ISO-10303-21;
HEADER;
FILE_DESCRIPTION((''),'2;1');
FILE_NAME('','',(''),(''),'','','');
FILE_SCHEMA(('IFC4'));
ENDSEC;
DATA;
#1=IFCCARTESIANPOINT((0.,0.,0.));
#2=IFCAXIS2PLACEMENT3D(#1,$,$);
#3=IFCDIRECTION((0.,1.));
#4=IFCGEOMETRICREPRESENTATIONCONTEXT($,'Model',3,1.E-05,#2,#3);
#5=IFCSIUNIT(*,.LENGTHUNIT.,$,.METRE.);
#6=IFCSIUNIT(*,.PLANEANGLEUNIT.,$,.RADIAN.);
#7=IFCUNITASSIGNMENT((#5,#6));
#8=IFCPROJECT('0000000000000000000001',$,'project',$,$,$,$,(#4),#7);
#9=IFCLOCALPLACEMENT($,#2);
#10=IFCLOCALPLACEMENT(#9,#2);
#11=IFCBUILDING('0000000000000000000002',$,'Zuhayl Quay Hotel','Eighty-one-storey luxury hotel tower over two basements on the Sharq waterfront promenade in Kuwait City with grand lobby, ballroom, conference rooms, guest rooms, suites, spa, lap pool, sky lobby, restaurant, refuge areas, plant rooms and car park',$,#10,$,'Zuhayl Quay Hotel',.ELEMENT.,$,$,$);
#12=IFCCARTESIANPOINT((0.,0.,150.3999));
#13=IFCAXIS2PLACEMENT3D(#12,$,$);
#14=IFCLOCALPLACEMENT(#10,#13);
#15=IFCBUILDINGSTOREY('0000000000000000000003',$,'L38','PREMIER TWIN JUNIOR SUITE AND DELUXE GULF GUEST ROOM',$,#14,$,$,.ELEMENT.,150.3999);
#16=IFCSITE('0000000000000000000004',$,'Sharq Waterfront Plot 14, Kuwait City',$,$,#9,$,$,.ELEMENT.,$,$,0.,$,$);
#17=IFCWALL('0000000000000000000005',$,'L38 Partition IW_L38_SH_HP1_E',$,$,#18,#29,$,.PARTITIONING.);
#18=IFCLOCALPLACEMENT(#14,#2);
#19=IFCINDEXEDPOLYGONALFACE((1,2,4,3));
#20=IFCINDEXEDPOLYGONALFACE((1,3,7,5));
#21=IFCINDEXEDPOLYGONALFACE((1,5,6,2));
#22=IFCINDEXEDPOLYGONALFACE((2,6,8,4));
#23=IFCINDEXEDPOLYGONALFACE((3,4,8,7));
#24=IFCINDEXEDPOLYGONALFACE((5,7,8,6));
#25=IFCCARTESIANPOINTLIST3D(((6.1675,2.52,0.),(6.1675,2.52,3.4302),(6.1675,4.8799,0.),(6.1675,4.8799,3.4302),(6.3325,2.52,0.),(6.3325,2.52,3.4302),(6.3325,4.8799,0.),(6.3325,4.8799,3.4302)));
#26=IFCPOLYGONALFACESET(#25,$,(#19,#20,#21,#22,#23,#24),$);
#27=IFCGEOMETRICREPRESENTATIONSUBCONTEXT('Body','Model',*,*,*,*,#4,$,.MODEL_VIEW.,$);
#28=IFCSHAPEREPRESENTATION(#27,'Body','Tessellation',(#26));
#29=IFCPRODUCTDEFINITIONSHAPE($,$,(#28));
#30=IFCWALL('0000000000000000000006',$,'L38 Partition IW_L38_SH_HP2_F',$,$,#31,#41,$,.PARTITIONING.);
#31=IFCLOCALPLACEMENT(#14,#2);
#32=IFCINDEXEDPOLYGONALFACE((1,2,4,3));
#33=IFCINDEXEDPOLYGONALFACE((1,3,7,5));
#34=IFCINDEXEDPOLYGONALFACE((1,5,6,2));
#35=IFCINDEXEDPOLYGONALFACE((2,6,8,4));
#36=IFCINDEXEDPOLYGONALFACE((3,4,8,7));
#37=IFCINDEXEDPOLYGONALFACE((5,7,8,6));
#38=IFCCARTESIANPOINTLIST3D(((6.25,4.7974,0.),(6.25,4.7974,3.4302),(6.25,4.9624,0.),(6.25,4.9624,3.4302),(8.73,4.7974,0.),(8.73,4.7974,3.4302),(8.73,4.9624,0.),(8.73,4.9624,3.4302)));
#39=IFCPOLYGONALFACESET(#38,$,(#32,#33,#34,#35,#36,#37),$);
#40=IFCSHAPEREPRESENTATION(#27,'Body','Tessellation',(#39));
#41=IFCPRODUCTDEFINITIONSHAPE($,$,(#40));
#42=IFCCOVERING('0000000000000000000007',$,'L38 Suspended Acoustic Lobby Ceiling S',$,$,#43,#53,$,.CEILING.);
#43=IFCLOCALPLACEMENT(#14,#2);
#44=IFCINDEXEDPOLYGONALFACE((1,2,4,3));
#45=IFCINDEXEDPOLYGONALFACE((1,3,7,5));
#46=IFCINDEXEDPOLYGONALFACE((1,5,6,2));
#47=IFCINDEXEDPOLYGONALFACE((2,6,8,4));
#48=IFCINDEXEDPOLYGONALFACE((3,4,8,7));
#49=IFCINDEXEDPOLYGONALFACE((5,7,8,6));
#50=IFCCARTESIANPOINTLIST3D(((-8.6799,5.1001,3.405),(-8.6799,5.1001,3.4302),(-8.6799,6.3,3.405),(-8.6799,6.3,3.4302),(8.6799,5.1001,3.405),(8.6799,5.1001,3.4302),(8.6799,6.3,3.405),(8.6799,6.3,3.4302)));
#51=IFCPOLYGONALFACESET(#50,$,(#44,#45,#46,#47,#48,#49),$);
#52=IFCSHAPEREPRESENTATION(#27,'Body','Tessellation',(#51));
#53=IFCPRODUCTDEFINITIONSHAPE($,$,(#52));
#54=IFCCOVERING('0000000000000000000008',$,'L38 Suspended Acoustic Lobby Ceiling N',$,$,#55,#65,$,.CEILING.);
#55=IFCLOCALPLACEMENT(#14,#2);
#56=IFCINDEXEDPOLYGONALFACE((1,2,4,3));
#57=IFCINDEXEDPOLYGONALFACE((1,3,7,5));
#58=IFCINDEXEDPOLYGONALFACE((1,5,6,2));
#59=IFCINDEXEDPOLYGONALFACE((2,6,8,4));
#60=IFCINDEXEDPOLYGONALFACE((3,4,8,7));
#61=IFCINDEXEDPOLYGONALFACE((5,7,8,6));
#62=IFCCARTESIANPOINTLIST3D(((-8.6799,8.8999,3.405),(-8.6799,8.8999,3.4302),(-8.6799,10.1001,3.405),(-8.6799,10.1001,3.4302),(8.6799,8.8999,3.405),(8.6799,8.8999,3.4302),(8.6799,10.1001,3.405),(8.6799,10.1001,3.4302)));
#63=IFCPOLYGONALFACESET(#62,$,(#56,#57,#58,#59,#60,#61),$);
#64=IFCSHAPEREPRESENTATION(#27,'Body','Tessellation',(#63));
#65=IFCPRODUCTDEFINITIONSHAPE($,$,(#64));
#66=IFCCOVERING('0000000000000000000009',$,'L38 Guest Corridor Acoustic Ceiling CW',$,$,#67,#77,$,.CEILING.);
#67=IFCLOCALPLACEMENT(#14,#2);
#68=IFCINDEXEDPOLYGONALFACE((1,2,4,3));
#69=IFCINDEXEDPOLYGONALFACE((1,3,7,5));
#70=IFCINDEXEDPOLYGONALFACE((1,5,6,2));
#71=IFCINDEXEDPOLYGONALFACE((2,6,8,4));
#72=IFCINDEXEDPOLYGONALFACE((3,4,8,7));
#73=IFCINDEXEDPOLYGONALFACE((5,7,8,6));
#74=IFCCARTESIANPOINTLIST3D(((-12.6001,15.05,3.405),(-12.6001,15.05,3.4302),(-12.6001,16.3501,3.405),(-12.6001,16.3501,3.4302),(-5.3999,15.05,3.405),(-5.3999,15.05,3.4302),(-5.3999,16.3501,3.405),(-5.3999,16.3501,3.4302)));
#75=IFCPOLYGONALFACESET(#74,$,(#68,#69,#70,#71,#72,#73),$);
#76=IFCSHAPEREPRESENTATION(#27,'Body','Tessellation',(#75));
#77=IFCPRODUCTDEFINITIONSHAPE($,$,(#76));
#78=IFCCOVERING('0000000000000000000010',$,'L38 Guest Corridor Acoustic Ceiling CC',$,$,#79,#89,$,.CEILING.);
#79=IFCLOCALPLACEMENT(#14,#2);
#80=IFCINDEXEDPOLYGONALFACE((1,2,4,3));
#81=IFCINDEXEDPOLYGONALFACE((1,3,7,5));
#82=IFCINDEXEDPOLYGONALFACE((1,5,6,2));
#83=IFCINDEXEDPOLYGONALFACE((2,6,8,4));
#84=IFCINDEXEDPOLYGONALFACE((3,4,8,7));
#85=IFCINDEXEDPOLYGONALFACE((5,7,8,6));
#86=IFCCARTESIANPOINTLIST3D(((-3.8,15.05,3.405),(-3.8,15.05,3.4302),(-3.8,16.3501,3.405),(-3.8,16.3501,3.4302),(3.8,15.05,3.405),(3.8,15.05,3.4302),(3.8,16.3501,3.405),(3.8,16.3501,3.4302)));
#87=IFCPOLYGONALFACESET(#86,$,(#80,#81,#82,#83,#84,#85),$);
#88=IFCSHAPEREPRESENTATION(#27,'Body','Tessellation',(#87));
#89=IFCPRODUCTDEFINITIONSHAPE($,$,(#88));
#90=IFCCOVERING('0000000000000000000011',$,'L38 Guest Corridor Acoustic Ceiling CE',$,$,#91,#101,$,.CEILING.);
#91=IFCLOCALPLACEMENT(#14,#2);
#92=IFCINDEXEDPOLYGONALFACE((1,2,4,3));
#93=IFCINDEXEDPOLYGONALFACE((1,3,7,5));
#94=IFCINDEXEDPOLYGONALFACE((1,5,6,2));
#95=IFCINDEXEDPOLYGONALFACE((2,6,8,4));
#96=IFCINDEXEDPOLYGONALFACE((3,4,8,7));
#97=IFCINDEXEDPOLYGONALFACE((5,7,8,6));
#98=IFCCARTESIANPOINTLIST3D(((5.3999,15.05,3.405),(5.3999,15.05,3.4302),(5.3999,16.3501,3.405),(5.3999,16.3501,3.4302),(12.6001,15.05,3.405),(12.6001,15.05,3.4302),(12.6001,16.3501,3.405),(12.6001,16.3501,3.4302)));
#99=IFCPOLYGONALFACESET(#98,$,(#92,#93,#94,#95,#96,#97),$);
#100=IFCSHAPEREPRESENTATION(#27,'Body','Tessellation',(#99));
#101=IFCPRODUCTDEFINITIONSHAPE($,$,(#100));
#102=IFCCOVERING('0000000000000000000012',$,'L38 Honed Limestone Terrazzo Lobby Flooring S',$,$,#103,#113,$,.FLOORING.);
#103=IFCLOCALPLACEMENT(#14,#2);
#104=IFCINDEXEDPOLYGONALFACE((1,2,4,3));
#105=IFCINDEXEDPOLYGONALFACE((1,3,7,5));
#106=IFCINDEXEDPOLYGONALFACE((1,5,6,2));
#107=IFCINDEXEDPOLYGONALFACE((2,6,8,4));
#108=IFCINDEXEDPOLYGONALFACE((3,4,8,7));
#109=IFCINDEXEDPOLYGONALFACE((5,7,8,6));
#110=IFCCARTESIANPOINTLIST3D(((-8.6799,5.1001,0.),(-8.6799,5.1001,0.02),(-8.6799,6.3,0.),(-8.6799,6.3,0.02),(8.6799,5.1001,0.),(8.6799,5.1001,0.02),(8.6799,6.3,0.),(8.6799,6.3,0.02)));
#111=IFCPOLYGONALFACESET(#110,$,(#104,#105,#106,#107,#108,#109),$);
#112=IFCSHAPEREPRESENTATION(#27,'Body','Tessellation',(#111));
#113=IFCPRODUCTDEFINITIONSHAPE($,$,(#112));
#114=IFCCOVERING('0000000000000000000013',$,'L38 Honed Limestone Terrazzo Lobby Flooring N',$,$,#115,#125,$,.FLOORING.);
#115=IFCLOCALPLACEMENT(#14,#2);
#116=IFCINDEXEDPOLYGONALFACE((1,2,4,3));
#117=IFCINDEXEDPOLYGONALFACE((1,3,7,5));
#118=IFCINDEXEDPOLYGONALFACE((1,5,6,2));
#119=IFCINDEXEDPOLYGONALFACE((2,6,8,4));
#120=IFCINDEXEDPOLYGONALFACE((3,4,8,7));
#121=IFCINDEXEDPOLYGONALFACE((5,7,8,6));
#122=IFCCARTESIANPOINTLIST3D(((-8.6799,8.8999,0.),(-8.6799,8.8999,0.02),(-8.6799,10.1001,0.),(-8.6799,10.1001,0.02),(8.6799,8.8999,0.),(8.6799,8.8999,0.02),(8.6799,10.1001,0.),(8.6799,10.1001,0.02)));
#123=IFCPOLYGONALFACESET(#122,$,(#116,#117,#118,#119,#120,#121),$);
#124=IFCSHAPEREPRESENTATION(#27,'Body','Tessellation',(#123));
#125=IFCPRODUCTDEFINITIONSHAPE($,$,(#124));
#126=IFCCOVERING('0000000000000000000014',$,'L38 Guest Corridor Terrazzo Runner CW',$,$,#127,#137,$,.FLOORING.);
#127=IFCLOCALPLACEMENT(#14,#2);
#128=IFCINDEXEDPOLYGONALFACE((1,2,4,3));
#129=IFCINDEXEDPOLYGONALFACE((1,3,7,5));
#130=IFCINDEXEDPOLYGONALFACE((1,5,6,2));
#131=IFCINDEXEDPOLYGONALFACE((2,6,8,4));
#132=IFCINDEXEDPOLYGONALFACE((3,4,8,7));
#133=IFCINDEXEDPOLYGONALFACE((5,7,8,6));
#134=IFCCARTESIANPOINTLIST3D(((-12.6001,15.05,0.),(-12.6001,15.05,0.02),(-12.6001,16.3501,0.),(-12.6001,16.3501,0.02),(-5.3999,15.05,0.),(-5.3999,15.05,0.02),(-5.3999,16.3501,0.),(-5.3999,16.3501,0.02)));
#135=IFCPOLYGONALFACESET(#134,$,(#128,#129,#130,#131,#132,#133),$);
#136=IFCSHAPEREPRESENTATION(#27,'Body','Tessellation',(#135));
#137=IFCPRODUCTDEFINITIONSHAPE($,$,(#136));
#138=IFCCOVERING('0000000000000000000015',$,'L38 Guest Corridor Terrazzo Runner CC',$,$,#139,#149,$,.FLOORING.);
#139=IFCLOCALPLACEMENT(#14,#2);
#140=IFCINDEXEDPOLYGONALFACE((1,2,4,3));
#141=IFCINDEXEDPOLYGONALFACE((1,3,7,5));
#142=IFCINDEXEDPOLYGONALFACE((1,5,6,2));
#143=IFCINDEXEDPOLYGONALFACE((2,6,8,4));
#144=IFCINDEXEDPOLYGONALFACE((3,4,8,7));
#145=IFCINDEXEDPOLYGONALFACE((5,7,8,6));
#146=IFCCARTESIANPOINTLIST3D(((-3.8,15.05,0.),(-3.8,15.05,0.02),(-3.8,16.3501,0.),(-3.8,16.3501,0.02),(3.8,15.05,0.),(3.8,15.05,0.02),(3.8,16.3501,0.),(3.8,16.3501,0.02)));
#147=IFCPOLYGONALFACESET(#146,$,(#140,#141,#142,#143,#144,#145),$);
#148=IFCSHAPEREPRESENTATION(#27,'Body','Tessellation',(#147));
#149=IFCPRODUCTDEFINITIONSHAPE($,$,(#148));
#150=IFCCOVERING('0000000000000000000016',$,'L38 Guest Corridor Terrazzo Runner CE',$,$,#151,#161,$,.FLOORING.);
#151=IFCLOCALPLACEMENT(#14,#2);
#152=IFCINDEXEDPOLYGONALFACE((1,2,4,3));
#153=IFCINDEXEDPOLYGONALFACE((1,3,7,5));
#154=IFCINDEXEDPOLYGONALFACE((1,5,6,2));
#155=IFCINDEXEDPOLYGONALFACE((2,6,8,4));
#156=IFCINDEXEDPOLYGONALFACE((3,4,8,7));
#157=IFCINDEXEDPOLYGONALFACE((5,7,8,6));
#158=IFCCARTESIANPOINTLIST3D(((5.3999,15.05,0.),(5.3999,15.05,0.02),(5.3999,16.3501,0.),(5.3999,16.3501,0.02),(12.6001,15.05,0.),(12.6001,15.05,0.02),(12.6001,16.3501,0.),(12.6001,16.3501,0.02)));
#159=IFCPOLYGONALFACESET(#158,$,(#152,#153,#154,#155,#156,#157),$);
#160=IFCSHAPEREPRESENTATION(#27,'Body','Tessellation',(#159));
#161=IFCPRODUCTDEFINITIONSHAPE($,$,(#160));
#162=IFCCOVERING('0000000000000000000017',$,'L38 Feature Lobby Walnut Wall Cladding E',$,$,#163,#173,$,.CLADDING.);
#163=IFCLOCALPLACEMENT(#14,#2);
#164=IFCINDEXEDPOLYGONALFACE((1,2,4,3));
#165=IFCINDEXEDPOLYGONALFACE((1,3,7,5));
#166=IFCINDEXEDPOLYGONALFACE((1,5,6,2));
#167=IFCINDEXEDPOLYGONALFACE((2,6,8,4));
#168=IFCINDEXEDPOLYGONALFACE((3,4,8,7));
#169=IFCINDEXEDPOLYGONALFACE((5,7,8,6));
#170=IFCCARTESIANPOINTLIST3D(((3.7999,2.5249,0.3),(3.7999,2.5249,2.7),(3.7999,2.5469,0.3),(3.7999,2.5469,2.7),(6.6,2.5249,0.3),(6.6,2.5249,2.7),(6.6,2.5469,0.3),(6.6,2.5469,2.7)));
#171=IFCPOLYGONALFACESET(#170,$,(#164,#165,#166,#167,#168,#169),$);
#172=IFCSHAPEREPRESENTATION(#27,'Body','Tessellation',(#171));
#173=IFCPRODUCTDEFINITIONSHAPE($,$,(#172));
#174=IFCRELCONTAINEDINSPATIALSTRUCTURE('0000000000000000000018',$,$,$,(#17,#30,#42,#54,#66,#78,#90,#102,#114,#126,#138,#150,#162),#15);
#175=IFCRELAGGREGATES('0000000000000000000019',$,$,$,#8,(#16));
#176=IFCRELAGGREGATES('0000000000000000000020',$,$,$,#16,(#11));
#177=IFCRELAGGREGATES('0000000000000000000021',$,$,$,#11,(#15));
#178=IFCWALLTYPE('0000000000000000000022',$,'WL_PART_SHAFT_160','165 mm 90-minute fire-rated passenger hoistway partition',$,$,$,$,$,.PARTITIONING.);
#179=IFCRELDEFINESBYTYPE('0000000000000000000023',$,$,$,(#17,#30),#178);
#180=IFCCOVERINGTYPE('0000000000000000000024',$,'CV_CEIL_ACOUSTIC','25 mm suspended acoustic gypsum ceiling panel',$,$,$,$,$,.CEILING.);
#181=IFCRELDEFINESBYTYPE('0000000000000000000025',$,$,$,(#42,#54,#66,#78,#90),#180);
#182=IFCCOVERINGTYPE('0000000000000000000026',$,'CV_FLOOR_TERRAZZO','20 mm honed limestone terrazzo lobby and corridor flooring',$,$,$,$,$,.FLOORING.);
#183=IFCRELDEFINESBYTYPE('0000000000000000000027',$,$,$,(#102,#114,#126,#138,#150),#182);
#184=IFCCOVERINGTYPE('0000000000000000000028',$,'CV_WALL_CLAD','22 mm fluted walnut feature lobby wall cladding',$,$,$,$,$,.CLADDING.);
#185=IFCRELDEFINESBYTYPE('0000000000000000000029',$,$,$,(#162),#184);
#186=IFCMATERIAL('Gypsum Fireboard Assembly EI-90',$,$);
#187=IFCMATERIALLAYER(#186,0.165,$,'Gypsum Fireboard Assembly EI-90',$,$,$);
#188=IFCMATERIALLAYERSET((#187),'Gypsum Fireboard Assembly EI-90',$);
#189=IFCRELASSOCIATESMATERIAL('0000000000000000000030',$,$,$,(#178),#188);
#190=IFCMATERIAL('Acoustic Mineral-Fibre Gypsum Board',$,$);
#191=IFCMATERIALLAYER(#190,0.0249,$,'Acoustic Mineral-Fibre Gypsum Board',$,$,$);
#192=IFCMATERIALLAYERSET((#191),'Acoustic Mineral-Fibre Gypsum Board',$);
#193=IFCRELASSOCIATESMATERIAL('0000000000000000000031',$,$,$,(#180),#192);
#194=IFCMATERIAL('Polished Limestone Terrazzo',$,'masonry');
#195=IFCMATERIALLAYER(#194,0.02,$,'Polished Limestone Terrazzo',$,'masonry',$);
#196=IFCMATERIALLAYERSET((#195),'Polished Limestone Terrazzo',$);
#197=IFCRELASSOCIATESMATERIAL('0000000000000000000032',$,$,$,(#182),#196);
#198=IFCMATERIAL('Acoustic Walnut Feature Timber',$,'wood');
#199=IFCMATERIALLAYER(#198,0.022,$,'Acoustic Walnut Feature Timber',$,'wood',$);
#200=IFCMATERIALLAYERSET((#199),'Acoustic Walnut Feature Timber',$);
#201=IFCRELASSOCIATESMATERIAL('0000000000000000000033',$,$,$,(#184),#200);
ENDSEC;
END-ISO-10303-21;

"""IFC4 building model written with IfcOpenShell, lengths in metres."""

from ifc_helpers import new_model, si_unit, direction, frame, frame_2d, origin, origin_2d, place, context, subcontext, project, spatial, polyline, rectangle, outline, extrude, material, layer, layer_set, type_object, element, save


model = new_model("IFC4")

# Units and contexts
model_context = context("Model", 3, precision=1e-05, world=origin(), true_north=direction((0.0, 1.0)))
body_context = subcontext(model_context, "Body", "Model", "MODEL_VIEW")
ifc_project = project(units=[si_unit("LENGTHUNIT", "METRE"), si_unit("PLANEANGLEUNIT", "RADIAN")], contexts=[model_context])

# Site, building, storey
site_placement = place(None, origin())
site = spatial("IfcSite", under=ifc_project, at=site_placement, Name="Sharq Waterfront Plot 14, Kuwait City", CompositionType="ELEMENT", RefElevation=0.0)
building_placement = place(site_placement, origin())
building = spatial("IfcBuilding", under=site, at=building_placement, Name="Zuhayl Quay Hotel", Description="Eighty-one-storey luxury hotel tower over two basements on the Sharq waterfront promenade in Kuwait City with grand lobby, ballroom, conference rooms, guest rooms, suites, spa, lap pool, sky lobby, restaurant, refuge areas, plant rooms and car park", LongName="Zuhayl Quay Hotel", CompositionType="ELEMENT")
storey_placement = place(building_placement, frame((0.0, 0.0, 150.3999)))
storey = spatial("IfcBuildingStorey", under=building, at=storey_placement, Name="L38", Description="PREMIER TWIN JUNIOR SUITE AND DELUXE GULF GUEST ROOM", CompositionType="ELEMENT", Elevation=150.3999)

# Walls
ifc_material_1 = material(Name="Gypsum Fireboard Assembly EI-90")
ifc_layer_1 = layer(ifc_material_1, 0.165, Name="Gypsum Fireboard Assembly EI-90")
ifc_layer_set_1 = layer_set([ifc_layer_1], Name="Gypsum Fireboard Assembly EI-90")
wall_type_1 = type_object("IfcWallType", Name="WL_PART_SHAFT_160", Description="165 mm 90-minute fire-rated passenger hoistway partition", PredefinedType="PARTITIONING", material=ifc_layer_set_1)
wall_1_placement = place(storey_placement, frame((6.25, 2.52, 0.0), z_axis=(0.0, 0.0, 1.0), x_axis=(0.0, 1.0, 0.0)))
element("IfcWall", 1, at=wall_1_placement, inside=storey, type_object=wall_type_1, Name="L38 Partition IW_L38_SH_HP1_E", PredefinedType="PARTITIONING", context=body_context, shape_type="SweptSolid", body=[
    extrude(rectangle(XDim=2.3599, YDim=0.165, at=frame_2d((1.1799, 0.0))), origin(), (0.0, 0.0, 1.0), 3.4302),
])
wall_2_placement = place(storey_placement, frame((6.25, 4.8799, 0.0), z_axis=(0.0, 0.0, 1.0), x_axis=(1.0, 0.0, 0.0)))
element("IfcWall", 2, at=wall_2_placement, inside=storey, type_object=wall_type_1, Name="L38 Partition IW_L38_SH_HP2_F", PredefinedType="PARTITIONING", context=body_context, shape_type="SweptSolid", body=[
    extrude(rectangle(XDim=2.48, YDim=0.165, at=frame_2d((1.24, 0.0))), origin(), (0.0, 0.0, 1.0), 3.4302),
])

# Coverings
ifc_material_2 = material(Name="Acoustic Mineral-Fibre Gypsum Board")
ifc_layer_2 = layer(ifc_material_2, 0.0249, Name="Acoustic Mineral-Fibre Gypsum Board")
ifc_layer_set_2 = layer_set([ifc_layer_2], Name="Acoustic Mineral-Fibre Gypsum Board")
covering_type_1 = type_object("IfcCoveringType", Name="CV_CEIL_ACOUSTIC", Description="25 mm suspended acoustic gypsum ceiling panel", PredefinedType="CEILING", material=ifc_layer_set_2)
covering_1_placement = place(storey_placement, frame((0.0, 0.0, 3.405)))
element("IfcCovering", 3, at=covering_1_placement, inside=storey, type_object=covering_type_1, Name="L38 Suspended Acoustic Lobby Ceiling S", PredefinedType="CEILING", context=body_context, shape_type="SweptSolid", body=[
    extrude(outline(polyline([(-8.6799, 5.1001), (8.6799, 5.1001), (8.6799, 6.3), (-8.6799, 6.3), (-8.6799, 5.1001)])), origin(), (0.0, 0.0, 1.0), 0.0251),
])
covering_2_placement = place(storey_placement, frame((0.0, 0.0, 3.405)))
element("IfcCovering", 4, at=covering_2_placement, inside=storey, type_object=covering_type_1, Name="L38 Suspended Acoustic Lobby Ceiling N", PredefinedType="CEILING", context=body_context, shape_type="SweptSolid", body=[
    extrude(outline(polyline([(-8.6799, 8.8999), (8.6799, 8.8999), (8.6799, 10.1001), (-8.6799, 10.1001), (-8.6799, 8.8999)])), origin(), (0.0, 0.0, 1.0), 0.0251),
])
covering_3_placement = place(storey_placement, frame((0.0, 0.0, 3.405)))
element("IfcCovering", 5, at=covering_3_placement, inside=storey, type_object=covering_type_1, Name="L38 Guest Corridor Acoustic Ceiling CW", PredefinedType="CEILING", context=body_context, shape_type="SweptSolid", body=[
    extrude(outline(polyline([(-12.6001, 15.05), (-5.3999, 15.05), (-5.3999, 16.3501), (-12.6001, 16.3501), (-12.6001, 15.05)])), origin(), (0.0, 0.0, 1.0), 0.0251),
])
covering_4_placement = place(storey_placement, frame((0.0, 0.0, 3.405)))
element("IfcCovering", 6, at=covering_4_placement, inside=storey, type_object=covering_type_1, Name="L38 Guest Corridor Acoustic Ceiling CC", PredefinedType="CEILING", context=body_context, shape_type="SweptSolid", body=[
    extrude(outline(polyline([(-3.8, 15.05), (3.8, 15.05), (3.8, 16.3501), (-3.8, 16.3501), (-3.8, 15.05)])), origin(), (0.0, 0.0, 1.0), 0.0251),
])
covering_5_placement = place(storey_placement, frame((0.0, 0.0, 3.405)))
element("IfcCovering", 7, at=covering_5_placement, inside=storey, type_object=covering_type_1, Name="L38 Guest Corridor Acoustic Ceiling CE", PredefinedType="CEILING", context=body_context, shape_type="SweptSolid", body=[
    extrude(outline(polyline([(5.3999, 15.05), (12.6001, 15.05), (12.6001, 16.3501), (5.3999, 16.3501), (5.3999, 15.05)])), origin(), (0.0, 0.0, 1.0), 0.0251),
])
ifc_material_3 = material(Name="Polished Limestone Terrazzo", Category="masonry")
ifc_layer_3 = layer(ifc_material_3, 0.02, Name="Polished Limestone Terrazzo", Category="masonry")
ifc_layer_set_3 = layer_set([ifc_layer_3], Name="Polished Limestone Terrazzo")
covering_type_2 = type_object("IfcCoveringType", Name="CV_FLOOR_TERRAZZO", Description="20 mm honed limestone terrazzo lobby and corridor flooring", PredefinedType="FLOORING", material=ifc_layer_set_3)
covering_6_placement = place(storey_placement, origin())
element("IfcCovering", 8, at=covering_6_placement, inside=storey, type_object=covering_type_2, Name="L38 Honed Limestone Terrazzo Lobby Flooring S", PredefinedType="FLOORING", context=body_context, shape_type="SweptSolid", body=[
    extrude(outline(polyline([(-8.6799, 5.1001), (8.6799, 5.1001), (8.6799, 6.3), (-8.6799, 6.3), (-8.6799, 5.1001)])), origin(), (0.0, 0.0, 1.0), 0.02),
])
covering_7_placement = place(storey_placement, origin())
element("IfcCovering", 9, at=covering_7_placement, inside=storey, type_object=covering_type_2, Name="L38 Honed Limestone Terrazzo Lobby Flooring N", PredefinedType="FLOORING", context=body_context, shape_type="SweptSolid", body=[
    extrude(outline(polyline([(-8.6799, 8.8999), (8.6799, 8.8999), (8.6799, 10.1001), (-8.6799, 10.1001), (-8.6799, 8.8999)])), origin(), (0.0, 0.0, 1.0), 0.02),
])
covering_8_placement = place(storey_placement, origin())
element("IfcCovering", 10, at=covering_8_placement, inside=storey, type_object=covering_type_2, Name="L38 Guest Corridor Terrazzo Runner CW", PredefinedType="FLOORING", context=body_context, shape_type="SweptSolid", body=[
    extrude(outline(polyline([(-12.6001, 15.05), (-5.3999, 15.05), (-5.3999, 16.3501), (-12.6001, 16.3501), (-12.6001, 15.05)])), origin(), (0.0, 0.0, 1.0), 0.02),
])
covering_9_placement = place(storey_placement, origin())
element("IfcCovering", 11, at=covering_9_placement, inside=storey, type_object=covering_type_2, Name="L38 Guest Corridor Terrazzo Runner CC", PredefinedType="FLOORING", context=body_context, shape_type="SweptSolid", body=[
    extrude(outline(polyline([(-3.8, 15.05), (3.8, 15.05), (3.8, 16.3501), (-3.8, 16.3501), (-3.8, 15.05)])), origin(), (0.0, 0.0, 1.0), 0.02),
])
covering_10_placement = place(storey_placement, origin())
element("IfcCovering", 12, at=covering_10_placement, inside=storey, type_object=covering_type_2, Name="L38 Guest Corridor Terrazzo Runner CE", PredefinedType="FLOORING", context=body_context, shape_type="SweptSolid", body=[
    extrude(outline(polyline([(5.3999, 15.05), (12.6001, 15.05), (12.6001, 16.3501), (5.3999, 16.3501), (5.3999, 15.05)])), origin(), (0.0, 0.0, 1.0), 0.02),
])
ifc_material_4 = material(Name="Acoustic Walnut Feature Timber", Category="wood")
ifc_layer_4 = layer(ifc_material_4, 0.022, Name="Acoustic Walnut Feature Timber", Category="wood")
ifc_layer_set_4 = layer_set([ifc_layer_4], Name="Acoustic Walnut Feature Timber")
covering_type_3 = type_object("IfcCoveringType", Name="CV_WALL_CLAD", Description="22 mm fluted walnut feature lobby wall cladding", PredefinedType="CLADDING", material=ifc_layer_set_4)
covering_11_placement = place(storey_placement, frame((5.2, 2.5359, 0.3), z_axis=(0.0, 0.0, 1.0), x_axis=(1.0, 0.0, 0.0)))
element("IfcCovering", 13, at=covering_11_placement, inside=storey, type_object=covering_type_3, Name="L38 Feature Lobby Walnut Wall Cladding E", PredefinedType="CLADDING", context=body_context, shape_type="SweptSolid", body=[
    extrude(rectangle(XDim=2.8, YDim=0.022, at=origin_2d()), origin(), (0.0, 0.0, 1.0), 2.3999),
])

save(model, "model.ifc")
